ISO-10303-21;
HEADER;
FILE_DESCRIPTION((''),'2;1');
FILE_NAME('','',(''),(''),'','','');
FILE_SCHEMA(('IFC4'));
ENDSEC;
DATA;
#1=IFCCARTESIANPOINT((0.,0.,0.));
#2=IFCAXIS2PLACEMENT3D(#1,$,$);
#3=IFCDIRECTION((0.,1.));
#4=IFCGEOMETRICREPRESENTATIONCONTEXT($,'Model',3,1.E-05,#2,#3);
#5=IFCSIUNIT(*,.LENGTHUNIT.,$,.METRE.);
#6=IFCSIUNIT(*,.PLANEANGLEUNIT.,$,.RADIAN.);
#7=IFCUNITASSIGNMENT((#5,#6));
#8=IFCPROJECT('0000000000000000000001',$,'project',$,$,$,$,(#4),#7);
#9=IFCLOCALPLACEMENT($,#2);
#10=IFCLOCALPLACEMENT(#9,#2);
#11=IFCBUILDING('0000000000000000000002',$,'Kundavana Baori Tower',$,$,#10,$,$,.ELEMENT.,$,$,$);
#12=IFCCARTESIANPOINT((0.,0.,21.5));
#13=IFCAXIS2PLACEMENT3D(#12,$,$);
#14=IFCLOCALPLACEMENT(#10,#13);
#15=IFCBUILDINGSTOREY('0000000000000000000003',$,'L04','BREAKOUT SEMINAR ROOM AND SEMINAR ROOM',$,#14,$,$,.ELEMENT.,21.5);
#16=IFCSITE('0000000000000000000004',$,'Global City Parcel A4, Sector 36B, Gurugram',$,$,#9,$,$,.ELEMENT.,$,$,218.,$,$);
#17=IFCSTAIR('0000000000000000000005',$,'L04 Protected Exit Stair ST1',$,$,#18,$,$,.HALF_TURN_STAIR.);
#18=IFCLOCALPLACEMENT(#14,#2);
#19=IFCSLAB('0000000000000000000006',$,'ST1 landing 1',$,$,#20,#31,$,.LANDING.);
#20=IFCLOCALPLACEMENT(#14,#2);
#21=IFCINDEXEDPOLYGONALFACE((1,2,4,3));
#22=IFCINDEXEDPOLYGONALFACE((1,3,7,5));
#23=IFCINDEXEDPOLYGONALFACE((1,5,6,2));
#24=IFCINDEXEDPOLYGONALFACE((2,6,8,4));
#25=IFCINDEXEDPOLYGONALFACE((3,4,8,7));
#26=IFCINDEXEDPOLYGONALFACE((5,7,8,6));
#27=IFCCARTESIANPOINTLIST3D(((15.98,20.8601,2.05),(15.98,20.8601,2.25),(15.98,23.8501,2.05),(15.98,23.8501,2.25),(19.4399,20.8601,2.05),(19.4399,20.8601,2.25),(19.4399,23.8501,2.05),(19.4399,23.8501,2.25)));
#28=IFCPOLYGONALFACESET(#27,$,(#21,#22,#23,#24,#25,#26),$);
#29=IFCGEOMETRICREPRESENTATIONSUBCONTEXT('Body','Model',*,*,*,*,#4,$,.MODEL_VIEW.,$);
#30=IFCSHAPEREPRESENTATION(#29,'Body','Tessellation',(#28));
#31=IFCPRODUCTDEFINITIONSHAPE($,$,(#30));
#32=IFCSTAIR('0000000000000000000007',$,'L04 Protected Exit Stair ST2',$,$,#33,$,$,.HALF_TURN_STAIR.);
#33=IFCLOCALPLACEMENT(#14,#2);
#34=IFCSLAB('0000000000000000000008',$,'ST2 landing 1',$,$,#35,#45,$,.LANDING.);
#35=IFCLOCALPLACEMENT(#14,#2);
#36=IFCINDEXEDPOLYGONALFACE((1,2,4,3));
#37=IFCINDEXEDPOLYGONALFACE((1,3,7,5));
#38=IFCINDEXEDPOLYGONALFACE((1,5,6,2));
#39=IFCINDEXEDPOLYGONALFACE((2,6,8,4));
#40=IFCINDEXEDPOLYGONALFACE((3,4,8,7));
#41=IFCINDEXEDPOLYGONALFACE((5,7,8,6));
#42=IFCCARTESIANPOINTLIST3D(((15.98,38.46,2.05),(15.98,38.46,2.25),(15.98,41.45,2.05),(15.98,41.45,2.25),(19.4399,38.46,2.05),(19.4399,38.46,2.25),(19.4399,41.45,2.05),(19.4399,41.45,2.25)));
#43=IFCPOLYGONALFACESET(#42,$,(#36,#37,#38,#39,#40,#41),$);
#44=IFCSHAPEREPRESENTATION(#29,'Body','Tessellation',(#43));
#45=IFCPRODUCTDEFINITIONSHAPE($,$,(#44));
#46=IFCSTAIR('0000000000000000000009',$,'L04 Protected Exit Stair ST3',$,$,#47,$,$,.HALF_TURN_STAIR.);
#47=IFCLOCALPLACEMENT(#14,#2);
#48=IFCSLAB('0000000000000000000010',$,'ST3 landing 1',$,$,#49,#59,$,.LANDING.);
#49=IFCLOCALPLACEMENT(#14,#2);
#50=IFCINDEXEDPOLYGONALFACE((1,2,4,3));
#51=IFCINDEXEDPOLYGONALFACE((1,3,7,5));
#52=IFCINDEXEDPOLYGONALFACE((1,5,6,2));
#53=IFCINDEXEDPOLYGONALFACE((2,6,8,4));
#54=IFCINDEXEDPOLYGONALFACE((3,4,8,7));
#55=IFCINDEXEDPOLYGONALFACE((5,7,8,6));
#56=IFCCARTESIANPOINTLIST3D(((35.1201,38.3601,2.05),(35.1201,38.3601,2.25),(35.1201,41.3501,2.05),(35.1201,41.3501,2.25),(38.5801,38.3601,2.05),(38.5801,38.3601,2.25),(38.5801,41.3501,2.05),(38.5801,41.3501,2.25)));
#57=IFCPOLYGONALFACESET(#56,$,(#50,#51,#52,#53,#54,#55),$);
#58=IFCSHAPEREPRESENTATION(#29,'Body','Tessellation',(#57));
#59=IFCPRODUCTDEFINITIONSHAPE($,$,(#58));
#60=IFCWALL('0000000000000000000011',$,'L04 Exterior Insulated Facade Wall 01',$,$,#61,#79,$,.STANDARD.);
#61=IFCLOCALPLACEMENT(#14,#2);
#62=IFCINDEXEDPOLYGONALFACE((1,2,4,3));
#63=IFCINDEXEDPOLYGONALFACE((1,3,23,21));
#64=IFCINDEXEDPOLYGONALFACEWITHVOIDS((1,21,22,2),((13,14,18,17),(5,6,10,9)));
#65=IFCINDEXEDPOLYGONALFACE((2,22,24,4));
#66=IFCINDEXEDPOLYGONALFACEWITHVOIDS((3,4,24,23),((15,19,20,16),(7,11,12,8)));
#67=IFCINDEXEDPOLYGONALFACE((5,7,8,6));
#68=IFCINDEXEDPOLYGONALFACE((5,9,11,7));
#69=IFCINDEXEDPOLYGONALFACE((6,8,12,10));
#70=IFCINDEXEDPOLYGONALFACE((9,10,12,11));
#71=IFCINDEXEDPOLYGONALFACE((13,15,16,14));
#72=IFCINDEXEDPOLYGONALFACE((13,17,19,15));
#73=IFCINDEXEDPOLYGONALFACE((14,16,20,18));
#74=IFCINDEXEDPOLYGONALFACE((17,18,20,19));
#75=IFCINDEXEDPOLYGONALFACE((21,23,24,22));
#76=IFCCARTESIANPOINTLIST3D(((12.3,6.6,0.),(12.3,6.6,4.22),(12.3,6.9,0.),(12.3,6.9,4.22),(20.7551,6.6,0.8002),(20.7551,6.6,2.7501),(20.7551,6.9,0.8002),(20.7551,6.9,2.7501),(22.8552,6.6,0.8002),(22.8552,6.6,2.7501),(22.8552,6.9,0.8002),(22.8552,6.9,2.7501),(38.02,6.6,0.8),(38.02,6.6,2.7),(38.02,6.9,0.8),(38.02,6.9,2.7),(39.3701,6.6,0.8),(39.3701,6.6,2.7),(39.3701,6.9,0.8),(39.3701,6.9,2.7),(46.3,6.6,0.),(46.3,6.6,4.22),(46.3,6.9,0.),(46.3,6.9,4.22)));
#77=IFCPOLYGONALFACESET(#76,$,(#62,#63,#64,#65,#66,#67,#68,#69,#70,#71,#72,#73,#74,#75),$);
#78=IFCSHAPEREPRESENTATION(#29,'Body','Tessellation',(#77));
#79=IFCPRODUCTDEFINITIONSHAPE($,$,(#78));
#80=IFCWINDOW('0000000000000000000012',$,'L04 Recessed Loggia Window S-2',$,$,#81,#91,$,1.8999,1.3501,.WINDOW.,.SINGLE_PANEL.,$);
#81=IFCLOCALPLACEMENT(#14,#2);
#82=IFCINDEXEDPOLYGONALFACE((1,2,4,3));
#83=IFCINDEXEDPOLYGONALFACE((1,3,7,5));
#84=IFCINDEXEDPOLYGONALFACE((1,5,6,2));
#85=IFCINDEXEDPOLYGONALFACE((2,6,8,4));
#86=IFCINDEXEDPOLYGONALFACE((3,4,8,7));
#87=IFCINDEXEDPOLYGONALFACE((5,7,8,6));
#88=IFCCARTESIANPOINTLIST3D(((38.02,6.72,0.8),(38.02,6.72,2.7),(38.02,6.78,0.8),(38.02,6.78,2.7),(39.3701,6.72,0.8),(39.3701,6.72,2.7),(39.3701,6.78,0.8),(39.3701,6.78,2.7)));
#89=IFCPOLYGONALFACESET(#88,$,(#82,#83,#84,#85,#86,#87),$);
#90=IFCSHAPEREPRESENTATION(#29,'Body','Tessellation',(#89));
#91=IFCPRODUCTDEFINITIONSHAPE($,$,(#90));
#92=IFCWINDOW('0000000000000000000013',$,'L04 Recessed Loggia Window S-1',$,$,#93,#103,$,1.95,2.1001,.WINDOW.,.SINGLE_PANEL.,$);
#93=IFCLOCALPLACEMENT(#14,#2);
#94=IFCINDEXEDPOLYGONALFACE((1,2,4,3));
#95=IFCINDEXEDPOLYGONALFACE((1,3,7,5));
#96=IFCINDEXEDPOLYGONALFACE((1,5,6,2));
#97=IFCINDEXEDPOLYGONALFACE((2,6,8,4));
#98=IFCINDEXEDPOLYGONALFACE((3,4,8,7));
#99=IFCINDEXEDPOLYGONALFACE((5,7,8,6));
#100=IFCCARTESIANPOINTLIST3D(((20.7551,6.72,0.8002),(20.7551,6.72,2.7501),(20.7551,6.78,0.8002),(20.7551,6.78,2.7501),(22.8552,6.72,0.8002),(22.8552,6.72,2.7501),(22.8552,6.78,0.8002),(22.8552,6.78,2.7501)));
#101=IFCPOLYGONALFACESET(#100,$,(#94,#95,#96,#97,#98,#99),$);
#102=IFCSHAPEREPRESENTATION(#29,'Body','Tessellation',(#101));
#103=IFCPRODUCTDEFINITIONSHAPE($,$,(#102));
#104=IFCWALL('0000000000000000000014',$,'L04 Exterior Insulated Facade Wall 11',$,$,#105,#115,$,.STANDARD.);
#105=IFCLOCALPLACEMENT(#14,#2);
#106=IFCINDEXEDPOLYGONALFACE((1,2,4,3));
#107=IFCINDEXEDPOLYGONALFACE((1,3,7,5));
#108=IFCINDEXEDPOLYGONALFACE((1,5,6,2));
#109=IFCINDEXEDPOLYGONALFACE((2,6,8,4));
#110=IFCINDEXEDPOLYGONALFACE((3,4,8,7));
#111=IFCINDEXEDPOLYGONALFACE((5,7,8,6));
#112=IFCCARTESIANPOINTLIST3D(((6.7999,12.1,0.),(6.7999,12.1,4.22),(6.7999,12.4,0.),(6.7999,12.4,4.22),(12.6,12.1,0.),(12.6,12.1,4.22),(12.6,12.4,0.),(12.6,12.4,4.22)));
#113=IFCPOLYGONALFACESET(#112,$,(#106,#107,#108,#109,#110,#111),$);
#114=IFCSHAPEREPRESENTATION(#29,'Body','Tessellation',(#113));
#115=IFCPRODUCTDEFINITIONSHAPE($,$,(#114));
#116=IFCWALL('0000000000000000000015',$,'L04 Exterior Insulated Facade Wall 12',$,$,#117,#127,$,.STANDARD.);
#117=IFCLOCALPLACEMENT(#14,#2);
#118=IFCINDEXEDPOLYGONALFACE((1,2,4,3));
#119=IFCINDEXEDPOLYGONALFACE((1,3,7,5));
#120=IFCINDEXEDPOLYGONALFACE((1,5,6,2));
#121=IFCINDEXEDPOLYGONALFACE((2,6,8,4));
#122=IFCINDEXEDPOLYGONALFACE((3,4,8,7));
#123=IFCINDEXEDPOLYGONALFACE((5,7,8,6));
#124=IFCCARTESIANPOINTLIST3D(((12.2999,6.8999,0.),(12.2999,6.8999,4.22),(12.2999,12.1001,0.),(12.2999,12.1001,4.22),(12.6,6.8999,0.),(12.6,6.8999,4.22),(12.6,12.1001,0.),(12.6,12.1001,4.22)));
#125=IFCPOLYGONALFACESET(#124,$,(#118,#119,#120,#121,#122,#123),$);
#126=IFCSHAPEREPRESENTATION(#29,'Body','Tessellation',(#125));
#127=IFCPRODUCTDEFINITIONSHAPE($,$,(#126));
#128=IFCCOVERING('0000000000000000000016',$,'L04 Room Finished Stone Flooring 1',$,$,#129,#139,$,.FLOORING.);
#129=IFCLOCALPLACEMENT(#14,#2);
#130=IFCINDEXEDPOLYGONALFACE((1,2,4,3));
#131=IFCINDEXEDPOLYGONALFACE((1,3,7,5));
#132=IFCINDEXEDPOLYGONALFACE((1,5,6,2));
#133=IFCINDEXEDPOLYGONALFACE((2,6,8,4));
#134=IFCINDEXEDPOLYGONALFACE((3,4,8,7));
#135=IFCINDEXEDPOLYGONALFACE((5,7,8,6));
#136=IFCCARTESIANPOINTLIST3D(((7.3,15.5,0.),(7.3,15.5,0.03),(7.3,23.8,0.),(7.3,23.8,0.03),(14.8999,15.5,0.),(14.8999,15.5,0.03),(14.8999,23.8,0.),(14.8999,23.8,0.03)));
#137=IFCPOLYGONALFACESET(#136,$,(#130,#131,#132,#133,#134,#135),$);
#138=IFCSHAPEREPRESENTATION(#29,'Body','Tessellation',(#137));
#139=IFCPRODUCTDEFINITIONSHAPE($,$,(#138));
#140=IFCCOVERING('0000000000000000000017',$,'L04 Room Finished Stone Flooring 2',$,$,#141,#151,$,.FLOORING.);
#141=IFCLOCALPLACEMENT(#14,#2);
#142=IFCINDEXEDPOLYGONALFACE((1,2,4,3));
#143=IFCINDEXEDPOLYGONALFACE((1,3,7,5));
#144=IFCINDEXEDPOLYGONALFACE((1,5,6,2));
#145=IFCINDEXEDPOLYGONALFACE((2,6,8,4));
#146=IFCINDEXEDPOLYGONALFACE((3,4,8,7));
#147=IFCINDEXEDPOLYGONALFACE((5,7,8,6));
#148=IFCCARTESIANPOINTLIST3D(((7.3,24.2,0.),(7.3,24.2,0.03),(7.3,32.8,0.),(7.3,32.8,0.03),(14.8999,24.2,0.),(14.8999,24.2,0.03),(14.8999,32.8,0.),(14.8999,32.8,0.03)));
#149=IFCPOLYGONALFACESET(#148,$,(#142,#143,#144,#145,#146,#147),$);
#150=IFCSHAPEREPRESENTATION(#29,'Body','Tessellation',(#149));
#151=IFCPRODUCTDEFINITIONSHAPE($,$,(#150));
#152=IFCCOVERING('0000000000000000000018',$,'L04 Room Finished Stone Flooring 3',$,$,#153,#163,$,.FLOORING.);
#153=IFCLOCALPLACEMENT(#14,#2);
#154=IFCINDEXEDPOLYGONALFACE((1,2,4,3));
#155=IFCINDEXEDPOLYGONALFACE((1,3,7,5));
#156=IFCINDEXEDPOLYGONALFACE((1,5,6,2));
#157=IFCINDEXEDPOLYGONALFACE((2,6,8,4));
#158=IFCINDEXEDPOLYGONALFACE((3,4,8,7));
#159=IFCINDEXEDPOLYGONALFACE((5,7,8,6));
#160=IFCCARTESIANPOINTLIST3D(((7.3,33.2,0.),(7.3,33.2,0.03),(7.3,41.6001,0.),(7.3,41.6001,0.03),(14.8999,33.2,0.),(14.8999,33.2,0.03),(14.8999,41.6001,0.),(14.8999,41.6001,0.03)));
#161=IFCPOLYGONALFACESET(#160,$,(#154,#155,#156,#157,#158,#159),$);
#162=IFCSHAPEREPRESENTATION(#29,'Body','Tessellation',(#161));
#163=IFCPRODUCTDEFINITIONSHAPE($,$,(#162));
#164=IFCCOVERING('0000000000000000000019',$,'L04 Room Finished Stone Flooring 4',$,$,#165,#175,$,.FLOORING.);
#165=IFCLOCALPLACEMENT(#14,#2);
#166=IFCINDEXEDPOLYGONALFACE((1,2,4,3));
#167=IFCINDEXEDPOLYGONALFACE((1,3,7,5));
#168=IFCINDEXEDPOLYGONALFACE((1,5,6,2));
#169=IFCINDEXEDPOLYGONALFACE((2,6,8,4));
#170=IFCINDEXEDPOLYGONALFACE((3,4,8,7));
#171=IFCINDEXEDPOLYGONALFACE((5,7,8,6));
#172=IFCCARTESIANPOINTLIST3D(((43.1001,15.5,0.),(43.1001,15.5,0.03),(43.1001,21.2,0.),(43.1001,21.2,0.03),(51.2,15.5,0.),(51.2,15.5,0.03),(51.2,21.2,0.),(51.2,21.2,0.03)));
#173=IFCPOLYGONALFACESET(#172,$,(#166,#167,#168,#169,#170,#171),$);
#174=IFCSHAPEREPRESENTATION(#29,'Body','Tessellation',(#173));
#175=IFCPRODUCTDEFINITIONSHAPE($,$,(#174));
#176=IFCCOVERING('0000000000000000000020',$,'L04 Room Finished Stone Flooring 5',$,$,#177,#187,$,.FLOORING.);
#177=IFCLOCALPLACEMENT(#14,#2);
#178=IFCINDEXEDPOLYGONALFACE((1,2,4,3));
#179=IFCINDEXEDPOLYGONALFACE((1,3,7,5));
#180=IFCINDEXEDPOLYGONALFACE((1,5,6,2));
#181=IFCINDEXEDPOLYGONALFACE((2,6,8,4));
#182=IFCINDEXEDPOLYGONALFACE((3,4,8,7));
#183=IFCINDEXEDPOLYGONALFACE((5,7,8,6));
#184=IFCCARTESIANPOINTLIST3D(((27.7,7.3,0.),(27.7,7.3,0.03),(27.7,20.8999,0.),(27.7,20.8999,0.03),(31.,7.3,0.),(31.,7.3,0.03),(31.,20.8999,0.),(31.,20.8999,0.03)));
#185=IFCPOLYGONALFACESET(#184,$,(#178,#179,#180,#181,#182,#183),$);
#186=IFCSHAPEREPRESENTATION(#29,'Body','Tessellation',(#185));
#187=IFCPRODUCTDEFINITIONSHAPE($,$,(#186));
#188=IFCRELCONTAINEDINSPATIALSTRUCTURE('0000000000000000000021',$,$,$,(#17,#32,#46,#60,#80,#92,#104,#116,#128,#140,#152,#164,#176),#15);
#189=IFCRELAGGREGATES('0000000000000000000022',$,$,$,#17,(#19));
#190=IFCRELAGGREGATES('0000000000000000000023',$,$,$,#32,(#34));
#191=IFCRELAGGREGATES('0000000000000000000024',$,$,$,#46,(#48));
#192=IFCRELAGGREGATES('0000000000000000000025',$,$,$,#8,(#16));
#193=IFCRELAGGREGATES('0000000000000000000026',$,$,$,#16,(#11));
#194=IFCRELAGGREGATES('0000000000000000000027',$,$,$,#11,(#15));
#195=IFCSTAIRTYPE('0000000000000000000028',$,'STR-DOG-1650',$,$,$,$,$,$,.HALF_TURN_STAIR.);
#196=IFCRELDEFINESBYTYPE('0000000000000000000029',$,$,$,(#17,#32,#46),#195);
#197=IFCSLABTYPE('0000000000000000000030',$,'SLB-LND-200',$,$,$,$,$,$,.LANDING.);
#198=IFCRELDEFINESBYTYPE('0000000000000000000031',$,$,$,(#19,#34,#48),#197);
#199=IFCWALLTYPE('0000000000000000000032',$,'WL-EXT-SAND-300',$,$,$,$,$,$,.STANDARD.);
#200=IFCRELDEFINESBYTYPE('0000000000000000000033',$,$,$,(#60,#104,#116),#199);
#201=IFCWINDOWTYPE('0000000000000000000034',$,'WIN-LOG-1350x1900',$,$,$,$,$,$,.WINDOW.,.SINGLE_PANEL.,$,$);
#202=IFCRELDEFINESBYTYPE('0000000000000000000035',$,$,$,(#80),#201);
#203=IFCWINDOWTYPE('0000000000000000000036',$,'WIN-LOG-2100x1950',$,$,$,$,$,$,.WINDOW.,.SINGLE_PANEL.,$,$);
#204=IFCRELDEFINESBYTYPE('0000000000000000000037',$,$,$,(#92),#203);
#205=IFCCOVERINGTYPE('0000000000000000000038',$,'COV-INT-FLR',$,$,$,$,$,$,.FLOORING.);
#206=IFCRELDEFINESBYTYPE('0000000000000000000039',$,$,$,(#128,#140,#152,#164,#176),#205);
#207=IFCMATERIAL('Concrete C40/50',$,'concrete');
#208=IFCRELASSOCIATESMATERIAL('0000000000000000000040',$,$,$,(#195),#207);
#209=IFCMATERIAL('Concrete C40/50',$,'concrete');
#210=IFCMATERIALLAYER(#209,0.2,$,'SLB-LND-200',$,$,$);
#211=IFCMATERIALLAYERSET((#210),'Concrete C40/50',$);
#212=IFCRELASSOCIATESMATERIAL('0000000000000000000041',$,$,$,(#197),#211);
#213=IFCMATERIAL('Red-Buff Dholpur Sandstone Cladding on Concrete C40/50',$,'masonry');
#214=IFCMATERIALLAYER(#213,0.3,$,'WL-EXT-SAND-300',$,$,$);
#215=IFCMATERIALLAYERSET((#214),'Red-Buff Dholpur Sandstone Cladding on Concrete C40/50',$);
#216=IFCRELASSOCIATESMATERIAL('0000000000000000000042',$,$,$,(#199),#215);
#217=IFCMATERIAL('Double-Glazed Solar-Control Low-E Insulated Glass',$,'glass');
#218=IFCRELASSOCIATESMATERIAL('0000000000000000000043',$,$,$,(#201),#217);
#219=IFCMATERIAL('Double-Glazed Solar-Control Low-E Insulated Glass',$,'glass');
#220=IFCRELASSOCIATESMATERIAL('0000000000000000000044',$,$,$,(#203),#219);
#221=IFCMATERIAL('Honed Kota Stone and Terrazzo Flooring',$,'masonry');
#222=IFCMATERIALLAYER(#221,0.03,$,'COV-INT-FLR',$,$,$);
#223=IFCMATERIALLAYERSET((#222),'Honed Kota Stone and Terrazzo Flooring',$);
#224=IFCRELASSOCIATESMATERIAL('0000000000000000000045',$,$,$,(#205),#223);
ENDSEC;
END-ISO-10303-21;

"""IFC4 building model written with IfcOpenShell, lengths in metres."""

from ifc_helpers import new_model, si_unit, direction, frame, frame_2d, origin, place, context, subcontext, project, spatial, polyline, rectangle, outline, extrude, material, layer, layer_set, type_object, element, fill, aggregate, save


model = new_model("IFC4")

# Units and contexts
model_context = context("Model", 3, precision=1e-05, world=origin(), true_north=direction((0.0, 1.0)))
body_context = subcontext(model_context, "Body", "Model", "MODEL_VIEW")
ifc_project = project(units=[si_unit("LENGTHUNIT", "METRE"), si_unit("PLANEANGLEUNIT", "RADIAN")], contexts=[model_context])

# Site, building, storey
site_placement = place(None, origin())
site = spatial("IfcSite", under=ifc_project, at=site_placement, Name="Global City Parcel A4, Sector 36B, Gurugram", CompositionType="ELEMENT", RefElevation=218.0)
building_placement = place(site_placement, origin())
building = spatial("IfcBuilding", under=site, at=building_placement, Name="Kundavana Baori Tower", CompositionType="ELEMENT")
storey_placement = place(building_placement, frame((0.0, 0.0, 21.5)))
storey = spatial("IfcBuildingStorey", under=building, at=storey_placement, Name="L04", Description="BREAKOUT SEMINAR ROOM AND SEMINAR ROOM", CompositionType="ELEMENT", Elevation=21.5)

# Stairs, slabs
ifc_material_1 = material(Name="Concrete C40/50", Category="concrete")
stair_type = type_object("IfcStairType", Name="STR-DOG-1650", PredefinedType="HALF_TURN_STAIR", material=ifc_material_1)
stair_1_placement = place(storey_placement, origin())
stair_1 = element("IfcStair", 1, at=stair_1_placement, inside=storey, type_object=stair_type, Name="L04 Protected Exit Stair ST1", PredefinedType="HALF_TURN_STAIR")
ifc_material_2 = material(Name="Concrete C40/50", Category="concrete")
ifc_layer_1 = layer(ifc_material_2, 0.2, Name="SLB-LND-200")
ifc_layer_set_1 = layer_set([ifc_layer_1], Name="Concrete C40/50")
slab_type_1 = type_object("IfcSlabType", Name="SLB-LND-200", PredefinedType="LANDING", material=ifc_layer_set_1)
slab_1_placement = place(storey_placement, frame((0.0, 0.0, 2.05)))
slab_1 = element("IfcSlab", 2, at=slab_1_placement, type_object=slab_type_1, Name="ST1 landing 1", PredefinedType="LANDING", context=body_context, shape_type="SweptSolid", body=[
    extrude(outline(polyline([(19.4399, 20.8601), (19.4399, 23.8501), (15.98, 23.8501), (15.98, 20.8601), (19.4399, 20.8601)])), origin(), (0.0, 0.0, 1.0), 0.2),
])
aggregate(stair_1, [slab_1])
stair_2_placement = place(storey_placement, origin())
stair_2 = element("IfcStair", 3, at=stair_2_placement, inside=storey, type_object=stair_type, Name="L04 Protected Exit Stair ST2", PredefinedType="HALF_TURN_STAIR")
slab_2_placement = place(storey_placement, frame((0.0, 0.0, 2.05)))
slab_2 = element("IfcSlab", 4, at=slab_2_placement, type_object=slab_type_1, Name="ST2 landing 1", PredefinedType="LANDING", context=body_context, shape_type="SweptSolid", body=[
    extrude(outline(polyline([(19.4399, 38.46), (19.4399, 41.45), (15.98, 41.45), (15.98, 38.46), (19.4399, 38.46)])), origin(), (0.0, 0.0, 1.0), 0.2),
])
aggregate(stair_2, [slab_2])
stair_3_placement = place(storey_placement, origin())
stair_3 = element("IfcStair", 5, at=stair_3_placement, inside=storey, type_object=stair_type, Name="L04 Protected Exit Stair ST3", PredefinedType="HALF_TURN_STAIR")
slab_3_placement = place(storey_placement, frame((0.0, 0.0, 2.05)))
slab_3 = element("IfcSlab", 6, at=slab_3_placement, type_object=slab_type_1, Name="ST3 landing 1", PredefinedType="LANDING", context=body_context, shape_type="SweptSolid", body=[
    extrude(outline(polyline([(38.5801, 38.3601), (38.5801, 41.3501), (35.1201, 41.3501), (35.1201, 38.3601), (38.5801, 38.3601)])), origin(), (0.0, 0.0, 1.0), 0.2),
])
aggregate(stair_3, [slab_3])

# Wall, openings, windows
ifc_material_3 = material(Name="Red-Buff Dholpur Sandstone Cladding on Concrete C40/50", Category="masonry")
ifc_layer_2 = layer(ifc_material_3, 0.3, Name="WL-EXT-SAND-300")
ifc_layer_set_2 = layer_set([ifc_layer_2], Name="Red-Buff Dholpur Sandstone Cladding on Concrete C40/50")
wall_type = type_object("IfcWallType", Name="WL-EXT-SAND-300", PredefinedType="STANDARD", material=ifc_layer_set_2)
wall_1_placement = place(storey_placement, frame((12.3, 6.75, 0.0), z_axis=(0.0, 0.0, 1.0), x_axis=(1.0, 0.0, 0.0)))
wall_1 = element("IfcWall", 7, at=wall_1_placement, inside=storey, type_object=wall_type, Name="L04 Exterior Insulated Facade Wall 01", PredefinedType="STANDARD", context=body_context, shape_type="SweptSolid", body=[
    extrude(rectangle(XDim=34.0, YDim=0.3, at=frame_2d((17.0, 0.0))), origin(), (0.0, 0.0, 1.0), 4.22),
])
opening_1_placement = place(wall_1_placement, frame((8.4551, 0.0, 0.8)))
opening_1 = element("IfcOpeningElement", 8, at=opening_1_placement, cuts=wall_1, PredefinedType="OPENING", context=body_context, shape_type="SweptSolid", body=[
    extrude(rectangle(XDim=2.1001, YDim=1.95, at=frame_2d((1.05, 0.9751))), frame((0.0, 0.1602, 0.0), z_axis=(0.0, -1.0, 0.0), x_axis=(1.0, 0.0, 0.0)), (0.0, 0.0, 1.0), 0.3201),
])
opening_2_placement = place(wall_1_placement, frame((25.72, 0.0, 0.8)))
opening_2 = element("IfcOpeningElement", 9, at=opening_2_placement, cuts=wall_1, PredefinedType="OPENING", context=body_context, shape_type="SweptSolid", body=[
    extrude(rectangle(XDim=1.3501, YDim=1.8999, at=frame_2d((0.675, 0.95))), frame((0.0, 0.1602, 0.0), z_axis=(0.0, -1.0, 0.0), x_axis=(1.0, 0.0, 0.0)), (0.0, 0.0, 1.0), 0.3201),
])
ifc_material_4 = material(Name="Double-Glazed Solar-Control Low-E Insulated Glass", Category="glass")
window_type_1 = type_object("IfcWindowType", Name="WIN-LOG-1350x1900", PartitioningType="SINGLE_PANEL", PredefinedType="WINDOW", material=ifc_material_4)
window_1_placement = place(opening_2_placement, origin())
window_1 = element("IfcWindow", 10, at=window_1_placement, inside=storey, type_object=window_type_1, Name="L04 Recessed Loggia Window S-2", OverallHeight=1.8999, OverallWidth=1.3501, PartitioningType="SINGLE_PANEL", PredefinedType="WINDOW", context=body_context, shape_type="SweptSolid", body=[
    extrude(rectangle(XDim=1.3501, YDim=1.8999, at=frame_2d((0.675, 0.95))), frame((0.0, 0.03, 0.0), z_axis=(0.0, -1.0, 0.0), x_axis=(1.0, 0.0, 0.0)), (0.0, 0.0, 1.0), 0.0601),
])
fill(opening_2, window_1)
ifc_material_5 = material(Name="Double-Glazed Solar-Control Low-E Insulated Glass", Category="glass")
window_type_2 = type_object("IfcWindowType", Name="WIN-LOG-2100x1950", PartitioningType="SINGLE_PANEL", PredefinedType="WINDOW", material=ifc_material_5)
window_2_placement = place(opening_1_placement, origin())
window_2 = element("IfcWindow", 11, at=window_2_placement, inside=storey, type_object=window_type_2, Name="L04 Recessed Loggia Window S-1", OverallHeight=1.95, OverallWidth=2.1001, PartitioningType="SINGLE_PANEL", PredefinedType="WINDOW", context=body_context, shape_type="SweptSolid", body=[
    extrude(rectangle(XDim=2.1001, YDim=1.95, at=frame_2d((1.05, 0.9751))), frame((0.0, 0.03, 0.0), z_axis=(0.0, -1.0, 0.0), x_axis=(1.0, 0.0, 0.0)), (0.0, 0.0, 1.0), 0.0601),
])
fill(opening_1, window_2)

# Walls
wall_2_placement = place(storey_placement, frame((6.8, 12.25, 0.0), z_axis=(0.0, 0.0, 1.0), x_axis=(1.0, 0.0, 0.0)))
element("IfcWall", 12, at=wall_2_placement, inside=storey, type_object=wall_type, Name="L04 Exterior Insulated Facade Wall 11", PredefinedType="STANDARD", context=body_context, shape_type="SweptSolid", body=[
    extrude(rectangle(XDim=5.8, YDim=0.3, at=frame_2d((2.8999, 0.0))), origin(), (0.0, 0.0, 1.0), 4.22),
])
wall_3_placement = place(storey_placement, frame((12.45, 12.1001, 0.0), z_axis=(0.0, 0.0, 1.0), x_axis=(0.0, -1.0, 0.0)))
element("IfcWall", 13, at=wall_3_placement, inside=storey, type_object=wall_type, Name="L04 Exterior Insulated Facade Wall 12", PredefinedType="STANDARD", context=body_context, shape_type="SweptSolid", body=[
    extrude(rectangle(XDim=5.2002, YDim=0.3, at=frame_2d((2.6001, 0.0))), origin(), (0.0, 0.0, 1.0), 4.22),
])

# Coverings
ifc_material_6 = material(Name="Honed Kota Stone and Terrazzo Flooring", Category="masonry")
ifc_layer_3 = layer(ifc_material_6, 0.03, Name="COV-INT-FLR")
ifc_layer_set_3 = layer_set([ifc_layer_3], Name="Honed Kota Stone and Terrazzo Flooring")
covering_type = type_object("IfcCoveringType", Name="COV-INT-FLR", PredefinedType="FLOORING", material=ifc_layer_set_3)
covering_1_placement = place(storey_placement, origin())
element("IfcCovering", 14, at=covering_1_placement, inside=storey, type_object=covering_type, Name="L04 Room Finished Stone Flooring 1", PredefinedType="FLOORING", context=body_context, shape_type="SweptSolid", body=[
    extrude(outline(polyline([(7.3, 15.5), (14.8999, 15.5), (14.8999, 23.8), (7.3, 23.8), (7.3, 15.5)])), origin(), (0.0, 0.0, 1.0), 0.03),
])
covering_2_placement = place(storey_placement, origin())
element("IfcCovering", 15, at=covering_2_placement, inside=storey, type_object=covering_type, Name="L04 Room Finished Stone Flooring 2", PredefinedType="FLOORING", context=body_context, shape_type="SweptSolid", body=[
    extrude(outline(polyline([(7.3, 24.2), (14.8999, 24.2), (14.8999, 32.8), (7.3, 32.8), (7.3, 24.2)])), origin(), (0.0, 0.0, 1.0), 0.03),
])
covering_3_placement = place(storey_placement, origin())
element("IfcCovering", 16, at=covering_3_placement, inside=storey, type_object=covering_type, Name="L04 Room Finished Stone Flooring 3", PredefinedType="FLOORING", context=body_context, shape_type="SweptSolid", body=[
    extrude(outline(polyline([(7.3, 33.2), (14.8999, 33.2), (14.8999, 41.6001), (7.3, 41.6001), (7.3, 33.2)])), origin(), (0.0, 0.0, 1.0), 0.03),
])
covering_4_placement = place(storey_placement, origin())
element("IfcCovering", 17, at=covering_4_placement, inside=storey, type_object=covering_type, Name="L04 Room Finished Stone Flooring 4", PredefinedType="FLOORING", context=body_context, shape_type="SweptSolid", body=[
    extrude(outline(polyline([(43.1001, 15.5), (51.2, 15.5), (51.2, 21.2), (43.1001, 21.2), (43.1001, 15.5)])), origin(), (0.0, 0.0, 1.0), 0.03),
])
covering_5_placement = place(storey_placement, origin())
element("IfcCovering", 18, at=covering_5_placement, inside=storey, type_object=covering_type, Name="L04 Room Finished Stone Flooring 5", PredefinedType="FLOORING", context=body_context, shape_type="SweptSolid", body=[
    extrude(outline(polyline([(27.7, 7.3), (31.0, 7.3), (31.0, 20.8999), (27.7, 20.8999), (27.7, 7.3)])), origin(), (0.0, 0.0, 1.0), 0.03),
])

save(model, "model.ifc")
